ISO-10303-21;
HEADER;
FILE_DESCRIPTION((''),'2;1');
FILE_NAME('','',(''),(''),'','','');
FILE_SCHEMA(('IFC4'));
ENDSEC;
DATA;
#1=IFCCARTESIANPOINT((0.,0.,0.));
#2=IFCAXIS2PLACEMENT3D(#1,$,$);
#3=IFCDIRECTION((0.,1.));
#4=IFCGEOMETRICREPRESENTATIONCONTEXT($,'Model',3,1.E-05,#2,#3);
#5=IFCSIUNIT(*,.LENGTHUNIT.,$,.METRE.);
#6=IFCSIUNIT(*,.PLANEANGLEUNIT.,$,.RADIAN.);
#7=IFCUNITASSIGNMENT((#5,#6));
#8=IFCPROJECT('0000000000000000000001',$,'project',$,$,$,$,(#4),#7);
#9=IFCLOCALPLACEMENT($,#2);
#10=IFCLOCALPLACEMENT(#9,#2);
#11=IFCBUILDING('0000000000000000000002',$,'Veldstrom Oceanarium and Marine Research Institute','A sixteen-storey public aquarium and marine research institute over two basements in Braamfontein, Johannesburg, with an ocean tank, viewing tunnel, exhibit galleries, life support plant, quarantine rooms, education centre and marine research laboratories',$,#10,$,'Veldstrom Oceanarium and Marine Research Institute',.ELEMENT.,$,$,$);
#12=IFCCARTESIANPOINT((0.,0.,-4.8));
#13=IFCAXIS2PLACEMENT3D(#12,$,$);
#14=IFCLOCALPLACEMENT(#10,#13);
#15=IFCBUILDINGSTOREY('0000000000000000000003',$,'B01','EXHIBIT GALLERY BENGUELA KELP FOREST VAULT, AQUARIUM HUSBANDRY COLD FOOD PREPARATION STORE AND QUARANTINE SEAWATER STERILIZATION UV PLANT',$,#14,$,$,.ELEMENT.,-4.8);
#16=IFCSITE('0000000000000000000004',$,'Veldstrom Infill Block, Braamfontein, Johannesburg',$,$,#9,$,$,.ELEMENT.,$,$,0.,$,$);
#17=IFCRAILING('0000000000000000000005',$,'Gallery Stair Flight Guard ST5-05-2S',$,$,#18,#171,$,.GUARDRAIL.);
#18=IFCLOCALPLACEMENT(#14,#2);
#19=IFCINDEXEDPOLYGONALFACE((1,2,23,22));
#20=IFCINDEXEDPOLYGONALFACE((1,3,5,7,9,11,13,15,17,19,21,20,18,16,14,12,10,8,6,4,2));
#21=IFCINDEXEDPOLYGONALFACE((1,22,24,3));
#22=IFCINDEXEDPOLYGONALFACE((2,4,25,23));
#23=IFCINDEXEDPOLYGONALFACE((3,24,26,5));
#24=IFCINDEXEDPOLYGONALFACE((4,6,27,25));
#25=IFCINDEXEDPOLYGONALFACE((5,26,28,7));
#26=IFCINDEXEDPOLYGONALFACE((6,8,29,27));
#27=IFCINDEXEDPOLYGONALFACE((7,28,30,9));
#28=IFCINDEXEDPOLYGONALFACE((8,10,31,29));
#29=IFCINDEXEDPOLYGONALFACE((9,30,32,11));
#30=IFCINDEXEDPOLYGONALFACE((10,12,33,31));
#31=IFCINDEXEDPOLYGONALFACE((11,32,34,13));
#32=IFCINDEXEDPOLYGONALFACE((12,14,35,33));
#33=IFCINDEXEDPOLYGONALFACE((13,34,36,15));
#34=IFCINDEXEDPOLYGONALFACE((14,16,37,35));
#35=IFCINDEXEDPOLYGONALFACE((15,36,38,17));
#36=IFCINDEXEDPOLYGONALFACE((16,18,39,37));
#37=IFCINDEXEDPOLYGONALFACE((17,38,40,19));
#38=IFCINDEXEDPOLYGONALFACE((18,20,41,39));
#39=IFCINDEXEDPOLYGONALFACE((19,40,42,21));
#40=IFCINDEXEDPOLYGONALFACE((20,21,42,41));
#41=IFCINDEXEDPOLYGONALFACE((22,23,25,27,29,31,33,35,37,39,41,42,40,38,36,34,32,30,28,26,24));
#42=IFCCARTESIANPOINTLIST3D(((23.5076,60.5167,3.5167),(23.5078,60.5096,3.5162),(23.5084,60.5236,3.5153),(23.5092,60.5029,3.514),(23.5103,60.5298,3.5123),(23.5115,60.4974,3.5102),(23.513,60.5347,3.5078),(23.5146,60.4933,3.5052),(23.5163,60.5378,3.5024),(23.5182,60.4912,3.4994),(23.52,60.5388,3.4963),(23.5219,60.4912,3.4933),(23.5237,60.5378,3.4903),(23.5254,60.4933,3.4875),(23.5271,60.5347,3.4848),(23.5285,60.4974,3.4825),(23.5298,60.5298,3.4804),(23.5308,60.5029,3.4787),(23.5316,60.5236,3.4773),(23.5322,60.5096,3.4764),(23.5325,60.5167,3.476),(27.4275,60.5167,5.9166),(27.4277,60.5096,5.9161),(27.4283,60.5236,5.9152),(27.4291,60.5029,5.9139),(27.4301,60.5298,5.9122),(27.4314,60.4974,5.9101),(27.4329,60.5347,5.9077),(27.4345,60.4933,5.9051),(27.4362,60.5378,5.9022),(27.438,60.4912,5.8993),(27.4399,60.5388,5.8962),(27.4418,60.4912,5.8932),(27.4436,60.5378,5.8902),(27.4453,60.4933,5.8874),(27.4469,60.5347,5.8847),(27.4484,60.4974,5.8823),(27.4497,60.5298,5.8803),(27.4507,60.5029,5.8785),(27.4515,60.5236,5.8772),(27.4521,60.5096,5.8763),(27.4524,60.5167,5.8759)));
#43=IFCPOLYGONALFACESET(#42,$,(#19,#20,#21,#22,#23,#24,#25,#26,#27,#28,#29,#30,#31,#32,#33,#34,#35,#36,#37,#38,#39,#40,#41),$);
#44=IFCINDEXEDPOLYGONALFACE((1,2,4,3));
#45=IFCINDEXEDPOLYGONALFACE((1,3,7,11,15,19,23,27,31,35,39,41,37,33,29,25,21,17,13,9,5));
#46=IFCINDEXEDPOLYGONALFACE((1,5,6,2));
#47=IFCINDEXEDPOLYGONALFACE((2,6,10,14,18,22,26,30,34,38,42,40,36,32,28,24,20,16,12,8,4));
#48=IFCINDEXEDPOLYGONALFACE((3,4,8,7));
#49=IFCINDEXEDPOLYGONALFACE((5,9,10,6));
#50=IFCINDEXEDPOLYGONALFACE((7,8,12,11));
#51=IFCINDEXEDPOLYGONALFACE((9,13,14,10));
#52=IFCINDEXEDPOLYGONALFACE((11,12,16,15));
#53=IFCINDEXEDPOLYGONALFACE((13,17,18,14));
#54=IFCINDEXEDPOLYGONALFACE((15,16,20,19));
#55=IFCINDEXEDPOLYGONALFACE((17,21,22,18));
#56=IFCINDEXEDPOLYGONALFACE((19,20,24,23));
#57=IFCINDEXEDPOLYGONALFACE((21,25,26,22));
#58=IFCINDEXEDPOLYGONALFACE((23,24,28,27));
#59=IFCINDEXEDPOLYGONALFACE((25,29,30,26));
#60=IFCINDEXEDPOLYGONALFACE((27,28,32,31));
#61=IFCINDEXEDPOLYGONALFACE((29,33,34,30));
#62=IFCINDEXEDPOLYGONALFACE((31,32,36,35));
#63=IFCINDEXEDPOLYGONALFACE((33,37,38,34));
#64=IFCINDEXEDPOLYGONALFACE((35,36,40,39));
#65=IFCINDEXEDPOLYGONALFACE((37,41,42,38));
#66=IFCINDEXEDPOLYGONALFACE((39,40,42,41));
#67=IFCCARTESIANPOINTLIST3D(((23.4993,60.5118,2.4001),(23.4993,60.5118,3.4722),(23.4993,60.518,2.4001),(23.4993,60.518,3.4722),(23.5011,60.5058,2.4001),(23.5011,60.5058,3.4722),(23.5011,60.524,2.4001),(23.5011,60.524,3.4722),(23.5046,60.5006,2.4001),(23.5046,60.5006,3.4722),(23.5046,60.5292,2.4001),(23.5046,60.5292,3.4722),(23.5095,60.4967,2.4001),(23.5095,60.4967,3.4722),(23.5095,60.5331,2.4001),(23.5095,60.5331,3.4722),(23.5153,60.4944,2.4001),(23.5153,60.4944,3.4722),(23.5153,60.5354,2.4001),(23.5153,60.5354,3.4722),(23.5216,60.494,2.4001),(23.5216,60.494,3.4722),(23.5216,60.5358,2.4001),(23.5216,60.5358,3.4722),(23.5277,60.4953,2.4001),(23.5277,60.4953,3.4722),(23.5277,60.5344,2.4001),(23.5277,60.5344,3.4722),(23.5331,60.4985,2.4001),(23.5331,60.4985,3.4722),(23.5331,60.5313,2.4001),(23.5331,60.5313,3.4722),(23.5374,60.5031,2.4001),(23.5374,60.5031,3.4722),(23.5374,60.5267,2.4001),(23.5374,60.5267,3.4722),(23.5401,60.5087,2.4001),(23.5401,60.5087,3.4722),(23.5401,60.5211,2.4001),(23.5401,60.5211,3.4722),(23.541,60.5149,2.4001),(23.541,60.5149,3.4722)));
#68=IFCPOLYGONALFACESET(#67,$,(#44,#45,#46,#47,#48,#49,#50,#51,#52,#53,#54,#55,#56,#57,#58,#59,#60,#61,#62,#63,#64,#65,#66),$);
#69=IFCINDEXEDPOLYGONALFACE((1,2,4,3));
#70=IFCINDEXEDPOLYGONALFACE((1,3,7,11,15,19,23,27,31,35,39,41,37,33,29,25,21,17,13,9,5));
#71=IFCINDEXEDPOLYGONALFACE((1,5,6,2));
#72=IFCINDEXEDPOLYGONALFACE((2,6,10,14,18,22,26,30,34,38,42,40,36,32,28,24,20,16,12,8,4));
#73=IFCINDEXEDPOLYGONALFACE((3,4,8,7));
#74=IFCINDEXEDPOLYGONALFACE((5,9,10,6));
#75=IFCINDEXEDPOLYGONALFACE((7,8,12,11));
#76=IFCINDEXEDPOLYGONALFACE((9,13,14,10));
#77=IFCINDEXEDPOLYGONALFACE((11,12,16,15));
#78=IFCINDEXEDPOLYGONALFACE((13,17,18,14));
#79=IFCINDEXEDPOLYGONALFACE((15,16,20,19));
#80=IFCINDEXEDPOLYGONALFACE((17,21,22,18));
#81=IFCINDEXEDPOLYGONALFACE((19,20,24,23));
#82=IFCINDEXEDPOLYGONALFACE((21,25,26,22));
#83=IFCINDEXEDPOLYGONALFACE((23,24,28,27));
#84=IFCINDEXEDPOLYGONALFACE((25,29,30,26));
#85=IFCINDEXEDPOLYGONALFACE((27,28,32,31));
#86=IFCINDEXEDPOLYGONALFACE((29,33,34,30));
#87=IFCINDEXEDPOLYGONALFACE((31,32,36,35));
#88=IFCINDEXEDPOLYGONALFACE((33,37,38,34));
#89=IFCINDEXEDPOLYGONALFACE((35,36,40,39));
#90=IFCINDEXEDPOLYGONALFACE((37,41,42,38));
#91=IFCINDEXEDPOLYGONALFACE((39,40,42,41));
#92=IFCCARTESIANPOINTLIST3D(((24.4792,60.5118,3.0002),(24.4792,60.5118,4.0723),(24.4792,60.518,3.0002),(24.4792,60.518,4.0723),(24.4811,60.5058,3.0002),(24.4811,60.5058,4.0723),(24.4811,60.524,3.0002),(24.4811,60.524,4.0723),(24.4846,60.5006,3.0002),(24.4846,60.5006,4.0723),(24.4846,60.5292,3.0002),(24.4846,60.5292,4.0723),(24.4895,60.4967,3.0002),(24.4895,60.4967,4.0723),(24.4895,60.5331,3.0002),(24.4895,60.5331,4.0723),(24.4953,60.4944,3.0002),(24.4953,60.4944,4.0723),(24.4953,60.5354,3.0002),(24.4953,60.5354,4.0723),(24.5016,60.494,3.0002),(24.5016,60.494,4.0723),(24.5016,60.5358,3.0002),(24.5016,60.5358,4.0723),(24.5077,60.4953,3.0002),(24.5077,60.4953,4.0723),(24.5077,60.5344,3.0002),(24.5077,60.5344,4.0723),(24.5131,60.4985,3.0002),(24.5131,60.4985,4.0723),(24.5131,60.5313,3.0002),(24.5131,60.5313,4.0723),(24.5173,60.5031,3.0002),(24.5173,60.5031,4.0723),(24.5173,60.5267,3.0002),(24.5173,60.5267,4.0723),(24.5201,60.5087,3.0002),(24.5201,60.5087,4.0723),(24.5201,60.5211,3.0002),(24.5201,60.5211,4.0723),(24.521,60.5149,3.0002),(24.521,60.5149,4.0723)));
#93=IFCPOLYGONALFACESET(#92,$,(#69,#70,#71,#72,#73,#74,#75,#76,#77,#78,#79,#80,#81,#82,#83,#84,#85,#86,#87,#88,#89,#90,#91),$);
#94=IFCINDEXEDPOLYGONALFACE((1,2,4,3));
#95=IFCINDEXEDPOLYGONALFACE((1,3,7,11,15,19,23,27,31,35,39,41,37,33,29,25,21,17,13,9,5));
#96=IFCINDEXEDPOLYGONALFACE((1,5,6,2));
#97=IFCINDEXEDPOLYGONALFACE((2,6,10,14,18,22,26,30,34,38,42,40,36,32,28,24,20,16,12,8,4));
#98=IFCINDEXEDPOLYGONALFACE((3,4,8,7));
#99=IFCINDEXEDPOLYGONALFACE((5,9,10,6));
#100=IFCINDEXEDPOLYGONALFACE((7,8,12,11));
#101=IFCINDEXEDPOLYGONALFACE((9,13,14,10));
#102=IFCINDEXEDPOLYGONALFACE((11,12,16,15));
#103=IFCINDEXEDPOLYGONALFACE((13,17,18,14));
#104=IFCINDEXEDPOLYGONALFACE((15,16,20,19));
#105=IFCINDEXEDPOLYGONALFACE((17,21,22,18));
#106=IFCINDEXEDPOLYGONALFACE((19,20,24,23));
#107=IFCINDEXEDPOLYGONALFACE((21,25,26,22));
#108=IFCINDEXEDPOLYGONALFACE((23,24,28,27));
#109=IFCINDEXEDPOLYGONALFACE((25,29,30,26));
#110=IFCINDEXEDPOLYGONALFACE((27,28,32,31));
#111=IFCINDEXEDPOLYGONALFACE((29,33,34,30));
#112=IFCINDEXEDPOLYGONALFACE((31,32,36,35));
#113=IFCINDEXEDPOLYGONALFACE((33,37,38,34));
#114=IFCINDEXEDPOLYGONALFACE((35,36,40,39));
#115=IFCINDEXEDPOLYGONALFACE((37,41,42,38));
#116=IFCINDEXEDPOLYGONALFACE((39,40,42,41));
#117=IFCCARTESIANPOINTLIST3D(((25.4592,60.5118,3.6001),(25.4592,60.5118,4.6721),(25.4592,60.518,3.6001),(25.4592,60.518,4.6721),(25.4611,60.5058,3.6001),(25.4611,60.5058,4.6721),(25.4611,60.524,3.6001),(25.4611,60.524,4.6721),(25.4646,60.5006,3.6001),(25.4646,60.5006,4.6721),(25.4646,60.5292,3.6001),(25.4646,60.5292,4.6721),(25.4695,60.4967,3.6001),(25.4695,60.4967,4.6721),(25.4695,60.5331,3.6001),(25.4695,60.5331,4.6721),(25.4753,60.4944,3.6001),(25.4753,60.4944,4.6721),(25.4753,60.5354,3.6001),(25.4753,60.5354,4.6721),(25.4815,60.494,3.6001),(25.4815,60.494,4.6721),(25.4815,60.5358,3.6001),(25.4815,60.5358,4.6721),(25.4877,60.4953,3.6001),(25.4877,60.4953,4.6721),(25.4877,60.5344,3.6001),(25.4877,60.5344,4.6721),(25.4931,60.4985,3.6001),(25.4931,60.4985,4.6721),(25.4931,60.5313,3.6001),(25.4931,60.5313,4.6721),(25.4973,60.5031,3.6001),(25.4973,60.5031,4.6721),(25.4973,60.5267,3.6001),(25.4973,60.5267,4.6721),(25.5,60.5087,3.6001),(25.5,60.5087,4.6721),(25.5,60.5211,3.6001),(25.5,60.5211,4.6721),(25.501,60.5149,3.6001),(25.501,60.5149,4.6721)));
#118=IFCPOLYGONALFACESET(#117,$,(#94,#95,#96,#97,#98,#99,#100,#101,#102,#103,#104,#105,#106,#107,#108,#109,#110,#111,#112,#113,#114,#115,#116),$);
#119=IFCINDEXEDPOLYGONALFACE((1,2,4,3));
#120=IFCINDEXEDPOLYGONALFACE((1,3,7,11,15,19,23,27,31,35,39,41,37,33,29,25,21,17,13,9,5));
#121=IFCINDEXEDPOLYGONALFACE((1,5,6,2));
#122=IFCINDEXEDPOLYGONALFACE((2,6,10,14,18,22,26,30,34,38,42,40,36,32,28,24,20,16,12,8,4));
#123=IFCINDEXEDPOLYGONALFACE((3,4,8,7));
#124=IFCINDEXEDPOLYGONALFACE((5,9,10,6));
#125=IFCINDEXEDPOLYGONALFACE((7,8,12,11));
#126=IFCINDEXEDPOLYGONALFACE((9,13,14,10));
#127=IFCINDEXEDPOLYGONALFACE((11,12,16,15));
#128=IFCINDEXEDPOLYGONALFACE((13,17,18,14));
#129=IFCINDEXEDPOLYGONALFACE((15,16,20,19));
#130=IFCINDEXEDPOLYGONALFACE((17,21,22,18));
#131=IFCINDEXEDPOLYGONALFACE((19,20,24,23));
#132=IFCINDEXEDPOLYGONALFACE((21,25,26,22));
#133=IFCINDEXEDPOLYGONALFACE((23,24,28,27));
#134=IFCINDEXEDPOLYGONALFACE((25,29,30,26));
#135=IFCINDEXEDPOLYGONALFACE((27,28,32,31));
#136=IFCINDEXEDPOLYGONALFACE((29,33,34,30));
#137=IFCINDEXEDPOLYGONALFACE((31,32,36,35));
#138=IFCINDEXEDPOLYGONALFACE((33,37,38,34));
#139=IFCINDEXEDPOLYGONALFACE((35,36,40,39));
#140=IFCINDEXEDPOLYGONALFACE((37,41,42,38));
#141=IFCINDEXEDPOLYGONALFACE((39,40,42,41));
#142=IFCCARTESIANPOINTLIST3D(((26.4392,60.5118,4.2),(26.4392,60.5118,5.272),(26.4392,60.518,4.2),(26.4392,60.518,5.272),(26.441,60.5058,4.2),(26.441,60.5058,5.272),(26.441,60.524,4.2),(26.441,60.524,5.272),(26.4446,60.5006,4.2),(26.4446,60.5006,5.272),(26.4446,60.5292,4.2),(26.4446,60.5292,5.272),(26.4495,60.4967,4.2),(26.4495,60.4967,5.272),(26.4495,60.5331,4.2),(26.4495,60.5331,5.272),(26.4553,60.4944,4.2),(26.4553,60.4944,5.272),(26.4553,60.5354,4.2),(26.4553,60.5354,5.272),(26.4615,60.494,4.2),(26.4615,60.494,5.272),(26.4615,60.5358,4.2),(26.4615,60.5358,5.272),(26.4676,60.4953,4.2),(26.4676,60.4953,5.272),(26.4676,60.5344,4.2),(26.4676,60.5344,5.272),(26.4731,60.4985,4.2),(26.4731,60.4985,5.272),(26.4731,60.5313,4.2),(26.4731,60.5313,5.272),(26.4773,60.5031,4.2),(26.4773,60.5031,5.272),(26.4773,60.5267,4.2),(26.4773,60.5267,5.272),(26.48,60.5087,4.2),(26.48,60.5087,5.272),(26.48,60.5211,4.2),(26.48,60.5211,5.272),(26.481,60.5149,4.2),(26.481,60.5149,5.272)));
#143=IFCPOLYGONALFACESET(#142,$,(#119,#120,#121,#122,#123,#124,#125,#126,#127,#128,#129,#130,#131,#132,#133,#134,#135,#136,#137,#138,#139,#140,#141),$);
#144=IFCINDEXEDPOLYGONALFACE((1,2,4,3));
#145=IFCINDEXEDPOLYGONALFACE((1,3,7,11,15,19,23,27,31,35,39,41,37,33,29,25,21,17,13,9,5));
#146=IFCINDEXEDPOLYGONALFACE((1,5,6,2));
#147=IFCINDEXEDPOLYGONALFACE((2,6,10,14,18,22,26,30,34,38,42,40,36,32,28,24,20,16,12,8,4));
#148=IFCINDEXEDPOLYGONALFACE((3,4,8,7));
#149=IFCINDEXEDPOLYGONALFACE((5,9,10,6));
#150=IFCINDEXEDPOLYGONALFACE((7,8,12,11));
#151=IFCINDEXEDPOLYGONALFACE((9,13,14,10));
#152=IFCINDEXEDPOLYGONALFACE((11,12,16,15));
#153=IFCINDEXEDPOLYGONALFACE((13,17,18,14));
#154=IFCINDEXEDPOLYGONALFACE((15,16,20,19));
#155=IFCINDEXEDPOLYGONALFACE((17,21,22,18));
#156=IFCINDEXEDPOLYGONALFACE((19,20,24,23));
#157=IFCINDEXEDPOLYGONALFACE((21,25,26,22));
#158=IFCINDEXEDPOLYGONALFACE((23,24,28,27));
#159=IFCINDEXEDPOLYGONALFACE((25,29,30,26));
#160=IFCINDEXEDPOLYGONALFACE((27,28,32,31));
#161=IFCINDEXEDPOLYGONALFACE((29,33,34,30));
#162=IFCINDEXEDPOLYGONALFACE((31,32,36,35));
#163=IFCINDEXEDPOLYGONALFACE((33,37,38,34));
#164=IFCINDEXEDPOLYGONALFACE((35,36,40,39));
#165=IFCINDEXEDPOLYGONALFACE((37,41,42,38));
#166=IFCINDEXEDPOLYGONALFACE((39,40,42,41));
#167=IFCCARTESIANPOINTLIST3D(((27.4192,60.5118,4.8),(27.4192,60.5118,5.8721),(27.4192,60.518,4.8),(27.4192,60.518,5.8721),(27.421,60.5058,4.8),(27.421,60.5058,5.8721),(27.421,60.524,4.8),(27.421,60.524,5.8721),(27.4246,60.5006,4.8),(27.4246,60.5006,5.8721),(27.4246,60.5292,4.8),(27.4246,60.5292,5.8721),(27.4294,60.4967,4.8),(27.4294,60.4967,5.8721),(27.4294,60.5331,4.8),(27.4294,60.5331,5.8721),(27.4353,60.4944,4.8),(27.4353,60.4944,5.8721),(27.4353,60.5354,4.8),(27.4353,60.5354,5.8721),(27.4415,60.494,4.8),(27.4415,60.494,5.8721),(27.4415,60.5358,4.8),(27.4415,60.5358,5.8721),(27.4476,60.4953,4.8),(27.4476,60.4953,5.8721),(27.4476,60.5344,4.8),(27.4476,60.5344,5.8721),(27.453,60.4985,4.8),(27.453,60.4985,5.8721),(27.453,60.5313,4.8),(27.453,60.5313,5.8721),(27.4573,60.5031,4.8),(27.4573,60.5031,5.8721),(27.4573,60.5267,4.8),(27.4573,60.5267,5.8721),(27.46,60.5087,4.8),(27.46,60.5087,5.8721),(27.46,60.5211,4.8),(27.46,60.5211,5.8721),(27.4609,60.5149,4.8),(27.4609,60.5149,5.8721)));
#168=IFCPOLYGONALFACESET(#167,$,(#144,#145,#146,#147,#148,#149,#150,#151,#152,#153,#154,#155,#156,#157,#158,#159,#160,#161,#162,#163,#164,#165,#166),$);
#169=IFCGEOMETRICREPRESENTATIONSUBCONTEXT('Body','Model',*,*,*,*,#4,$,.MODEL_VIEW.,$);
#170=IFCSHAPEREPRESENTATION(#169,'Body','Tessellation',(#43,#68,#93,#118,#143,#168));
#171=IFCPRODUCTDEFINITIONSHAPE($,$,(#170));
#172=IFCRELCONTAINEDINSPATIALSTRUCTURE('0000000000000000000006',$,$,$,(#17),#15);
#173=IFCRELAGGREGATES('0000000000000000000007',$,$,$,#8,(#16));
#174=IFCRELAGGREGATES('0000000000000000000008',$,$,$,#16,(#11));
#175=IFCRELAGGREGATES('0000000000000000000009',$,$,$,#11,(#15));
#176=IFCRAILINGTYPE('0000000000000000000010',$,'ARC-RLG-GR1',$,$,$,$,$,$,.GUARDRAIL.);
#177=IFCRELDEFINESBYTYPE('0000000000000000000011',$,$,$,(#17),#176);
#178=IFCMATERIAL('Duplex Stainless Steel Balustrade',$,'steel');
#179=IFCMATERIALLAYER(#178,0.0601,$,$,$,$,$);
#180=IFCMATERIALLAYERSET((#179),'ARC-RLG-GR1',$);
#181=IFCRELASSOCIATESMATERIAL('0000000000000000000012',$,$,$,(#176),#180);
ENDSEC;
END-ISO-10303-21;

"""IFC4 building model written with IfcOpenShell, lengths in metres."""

from ifc_helpers import new_model, si_unit, direction, frame, origin, origin_2d, place, context, subcontext, project, spatial, circle, extrude, material, layer, layer_set, type_object, element, save


model = new_model("IFC4")

# Units and contexts
model_context = context("Model", 3, precision=1e-05, world=origin(), true_north=direction((0.0, 1.0)))
body_context = subcontext(model_context, "Body", "Model", "MODEL_VIEW")
ifc_project = project(units=[si_unit("LENGTHUNIT", "METRE"), si_unit("PLANEANGLEUNIT", "RADIAN")], contexts=[model_context])

# Site, building, storey
site_placement = place(None, origin())
site = spatial("IfcSite", under=ifc_project, at=site_placement, Name="Veldstrom Infill Block, Braamfontein, Johannesburg", CompositionType="ELEMENT", RefElevation=0.0)
building_placement = place(site_placement, origin())
building = spatial("IfcBuilding", under=site, at=building_placement, Name="Veldstrom Oceanarium and Marine Research Institute", Description="A sixteen-storey public aquarium and marine research institute over two basements in Braamfontein, Johannesburg, with an ocean tank, viewing tunnel, exhibit galleries, life support plant, quarantine rooms, education centre and marine research laboratories", LongName="Veldstrom Oceanarium and Marine Research Institute", CompositionType="ELEMENT")
storey_placement = place(building_placement, frame((0.0, 0.0, -4.8)))
storey = spatial("IfcBuildingStorey", under=building, at=storey_placement, Name="B01", Description="EXHIBIT GALLERY BENGUELA KELP FOREST VAULT, AQUARIUM HUSBANDRY COLD FOOD PREPARATION STORE AND QUARANTINE SEAWATER STERILIZATION UV PLANT", CompositionType="ELEMENT", Elevation=-4.8)

# Railing
ifc_material_1 = material(Name="Duplex Stainless Steel Balustrade", Category="steel")
ifc_layer_1 = layer(ifc_material_1, 0.0601)
ifc_layer_set_1 = layer_set([ifc_layer_1], Name="ARC-RLG-GR1")
railing_type = type_object("IfcRailingType", Name="ARC-RLG-GR1", PredefinedType="GUARDRAIL", material=ifc_layer_set_1)
railing_1_placement = place(storey_placement, frame((23.52, 60.5149, 2.4001)))
element("IfcRailing", 1, at=railing_1_placement, inside=storey, type_object=railing_type, Name="Gallery Stair Flight Guard ST5-05-2S", PredefinedType="GUARDRAIL", context=body_context, shape_type="SweptSolid", body=[
    extrude(circle(Radius=0.0239, at=origin_2d()), frame((0.0, 0.0, 1.0962), z_axis=(0.852856, 0.0, 0.522146), x_axis=(0.0, 1.0, 0.0)), (0.0, 0.0, 1.0), 4.5962),
    extrude(circle(Radius=0.021, at=origin_2d()), origin(), (0.0, 0.0, 1.0), 1.072),
    extrude(circle(Radius=0.021, at=origin_2d()), frame((0.98, 0.0, 0.6001)), (0.0, 0.0, 1.0), 1.072),
    extrude(circle(Radius=0.021, at=origin_2d()), frame((1.96, 0.0, 1.2)), (0.0, 0.0, 1.0), 1.072),
    extrude(circle(Radius=0.021, at=origin_2d()), frame((2.9399, 0.0, 1.7998)), (0.0, 0.0, 1.0), 1.072),
    extrude(circle(Radius=0.021, at=origin_2d()), frame((3.9199, 0.0, 2.3999)), (0.0, 0.0, 1.0), 1.072),
])

save(model, "model.ifc")
